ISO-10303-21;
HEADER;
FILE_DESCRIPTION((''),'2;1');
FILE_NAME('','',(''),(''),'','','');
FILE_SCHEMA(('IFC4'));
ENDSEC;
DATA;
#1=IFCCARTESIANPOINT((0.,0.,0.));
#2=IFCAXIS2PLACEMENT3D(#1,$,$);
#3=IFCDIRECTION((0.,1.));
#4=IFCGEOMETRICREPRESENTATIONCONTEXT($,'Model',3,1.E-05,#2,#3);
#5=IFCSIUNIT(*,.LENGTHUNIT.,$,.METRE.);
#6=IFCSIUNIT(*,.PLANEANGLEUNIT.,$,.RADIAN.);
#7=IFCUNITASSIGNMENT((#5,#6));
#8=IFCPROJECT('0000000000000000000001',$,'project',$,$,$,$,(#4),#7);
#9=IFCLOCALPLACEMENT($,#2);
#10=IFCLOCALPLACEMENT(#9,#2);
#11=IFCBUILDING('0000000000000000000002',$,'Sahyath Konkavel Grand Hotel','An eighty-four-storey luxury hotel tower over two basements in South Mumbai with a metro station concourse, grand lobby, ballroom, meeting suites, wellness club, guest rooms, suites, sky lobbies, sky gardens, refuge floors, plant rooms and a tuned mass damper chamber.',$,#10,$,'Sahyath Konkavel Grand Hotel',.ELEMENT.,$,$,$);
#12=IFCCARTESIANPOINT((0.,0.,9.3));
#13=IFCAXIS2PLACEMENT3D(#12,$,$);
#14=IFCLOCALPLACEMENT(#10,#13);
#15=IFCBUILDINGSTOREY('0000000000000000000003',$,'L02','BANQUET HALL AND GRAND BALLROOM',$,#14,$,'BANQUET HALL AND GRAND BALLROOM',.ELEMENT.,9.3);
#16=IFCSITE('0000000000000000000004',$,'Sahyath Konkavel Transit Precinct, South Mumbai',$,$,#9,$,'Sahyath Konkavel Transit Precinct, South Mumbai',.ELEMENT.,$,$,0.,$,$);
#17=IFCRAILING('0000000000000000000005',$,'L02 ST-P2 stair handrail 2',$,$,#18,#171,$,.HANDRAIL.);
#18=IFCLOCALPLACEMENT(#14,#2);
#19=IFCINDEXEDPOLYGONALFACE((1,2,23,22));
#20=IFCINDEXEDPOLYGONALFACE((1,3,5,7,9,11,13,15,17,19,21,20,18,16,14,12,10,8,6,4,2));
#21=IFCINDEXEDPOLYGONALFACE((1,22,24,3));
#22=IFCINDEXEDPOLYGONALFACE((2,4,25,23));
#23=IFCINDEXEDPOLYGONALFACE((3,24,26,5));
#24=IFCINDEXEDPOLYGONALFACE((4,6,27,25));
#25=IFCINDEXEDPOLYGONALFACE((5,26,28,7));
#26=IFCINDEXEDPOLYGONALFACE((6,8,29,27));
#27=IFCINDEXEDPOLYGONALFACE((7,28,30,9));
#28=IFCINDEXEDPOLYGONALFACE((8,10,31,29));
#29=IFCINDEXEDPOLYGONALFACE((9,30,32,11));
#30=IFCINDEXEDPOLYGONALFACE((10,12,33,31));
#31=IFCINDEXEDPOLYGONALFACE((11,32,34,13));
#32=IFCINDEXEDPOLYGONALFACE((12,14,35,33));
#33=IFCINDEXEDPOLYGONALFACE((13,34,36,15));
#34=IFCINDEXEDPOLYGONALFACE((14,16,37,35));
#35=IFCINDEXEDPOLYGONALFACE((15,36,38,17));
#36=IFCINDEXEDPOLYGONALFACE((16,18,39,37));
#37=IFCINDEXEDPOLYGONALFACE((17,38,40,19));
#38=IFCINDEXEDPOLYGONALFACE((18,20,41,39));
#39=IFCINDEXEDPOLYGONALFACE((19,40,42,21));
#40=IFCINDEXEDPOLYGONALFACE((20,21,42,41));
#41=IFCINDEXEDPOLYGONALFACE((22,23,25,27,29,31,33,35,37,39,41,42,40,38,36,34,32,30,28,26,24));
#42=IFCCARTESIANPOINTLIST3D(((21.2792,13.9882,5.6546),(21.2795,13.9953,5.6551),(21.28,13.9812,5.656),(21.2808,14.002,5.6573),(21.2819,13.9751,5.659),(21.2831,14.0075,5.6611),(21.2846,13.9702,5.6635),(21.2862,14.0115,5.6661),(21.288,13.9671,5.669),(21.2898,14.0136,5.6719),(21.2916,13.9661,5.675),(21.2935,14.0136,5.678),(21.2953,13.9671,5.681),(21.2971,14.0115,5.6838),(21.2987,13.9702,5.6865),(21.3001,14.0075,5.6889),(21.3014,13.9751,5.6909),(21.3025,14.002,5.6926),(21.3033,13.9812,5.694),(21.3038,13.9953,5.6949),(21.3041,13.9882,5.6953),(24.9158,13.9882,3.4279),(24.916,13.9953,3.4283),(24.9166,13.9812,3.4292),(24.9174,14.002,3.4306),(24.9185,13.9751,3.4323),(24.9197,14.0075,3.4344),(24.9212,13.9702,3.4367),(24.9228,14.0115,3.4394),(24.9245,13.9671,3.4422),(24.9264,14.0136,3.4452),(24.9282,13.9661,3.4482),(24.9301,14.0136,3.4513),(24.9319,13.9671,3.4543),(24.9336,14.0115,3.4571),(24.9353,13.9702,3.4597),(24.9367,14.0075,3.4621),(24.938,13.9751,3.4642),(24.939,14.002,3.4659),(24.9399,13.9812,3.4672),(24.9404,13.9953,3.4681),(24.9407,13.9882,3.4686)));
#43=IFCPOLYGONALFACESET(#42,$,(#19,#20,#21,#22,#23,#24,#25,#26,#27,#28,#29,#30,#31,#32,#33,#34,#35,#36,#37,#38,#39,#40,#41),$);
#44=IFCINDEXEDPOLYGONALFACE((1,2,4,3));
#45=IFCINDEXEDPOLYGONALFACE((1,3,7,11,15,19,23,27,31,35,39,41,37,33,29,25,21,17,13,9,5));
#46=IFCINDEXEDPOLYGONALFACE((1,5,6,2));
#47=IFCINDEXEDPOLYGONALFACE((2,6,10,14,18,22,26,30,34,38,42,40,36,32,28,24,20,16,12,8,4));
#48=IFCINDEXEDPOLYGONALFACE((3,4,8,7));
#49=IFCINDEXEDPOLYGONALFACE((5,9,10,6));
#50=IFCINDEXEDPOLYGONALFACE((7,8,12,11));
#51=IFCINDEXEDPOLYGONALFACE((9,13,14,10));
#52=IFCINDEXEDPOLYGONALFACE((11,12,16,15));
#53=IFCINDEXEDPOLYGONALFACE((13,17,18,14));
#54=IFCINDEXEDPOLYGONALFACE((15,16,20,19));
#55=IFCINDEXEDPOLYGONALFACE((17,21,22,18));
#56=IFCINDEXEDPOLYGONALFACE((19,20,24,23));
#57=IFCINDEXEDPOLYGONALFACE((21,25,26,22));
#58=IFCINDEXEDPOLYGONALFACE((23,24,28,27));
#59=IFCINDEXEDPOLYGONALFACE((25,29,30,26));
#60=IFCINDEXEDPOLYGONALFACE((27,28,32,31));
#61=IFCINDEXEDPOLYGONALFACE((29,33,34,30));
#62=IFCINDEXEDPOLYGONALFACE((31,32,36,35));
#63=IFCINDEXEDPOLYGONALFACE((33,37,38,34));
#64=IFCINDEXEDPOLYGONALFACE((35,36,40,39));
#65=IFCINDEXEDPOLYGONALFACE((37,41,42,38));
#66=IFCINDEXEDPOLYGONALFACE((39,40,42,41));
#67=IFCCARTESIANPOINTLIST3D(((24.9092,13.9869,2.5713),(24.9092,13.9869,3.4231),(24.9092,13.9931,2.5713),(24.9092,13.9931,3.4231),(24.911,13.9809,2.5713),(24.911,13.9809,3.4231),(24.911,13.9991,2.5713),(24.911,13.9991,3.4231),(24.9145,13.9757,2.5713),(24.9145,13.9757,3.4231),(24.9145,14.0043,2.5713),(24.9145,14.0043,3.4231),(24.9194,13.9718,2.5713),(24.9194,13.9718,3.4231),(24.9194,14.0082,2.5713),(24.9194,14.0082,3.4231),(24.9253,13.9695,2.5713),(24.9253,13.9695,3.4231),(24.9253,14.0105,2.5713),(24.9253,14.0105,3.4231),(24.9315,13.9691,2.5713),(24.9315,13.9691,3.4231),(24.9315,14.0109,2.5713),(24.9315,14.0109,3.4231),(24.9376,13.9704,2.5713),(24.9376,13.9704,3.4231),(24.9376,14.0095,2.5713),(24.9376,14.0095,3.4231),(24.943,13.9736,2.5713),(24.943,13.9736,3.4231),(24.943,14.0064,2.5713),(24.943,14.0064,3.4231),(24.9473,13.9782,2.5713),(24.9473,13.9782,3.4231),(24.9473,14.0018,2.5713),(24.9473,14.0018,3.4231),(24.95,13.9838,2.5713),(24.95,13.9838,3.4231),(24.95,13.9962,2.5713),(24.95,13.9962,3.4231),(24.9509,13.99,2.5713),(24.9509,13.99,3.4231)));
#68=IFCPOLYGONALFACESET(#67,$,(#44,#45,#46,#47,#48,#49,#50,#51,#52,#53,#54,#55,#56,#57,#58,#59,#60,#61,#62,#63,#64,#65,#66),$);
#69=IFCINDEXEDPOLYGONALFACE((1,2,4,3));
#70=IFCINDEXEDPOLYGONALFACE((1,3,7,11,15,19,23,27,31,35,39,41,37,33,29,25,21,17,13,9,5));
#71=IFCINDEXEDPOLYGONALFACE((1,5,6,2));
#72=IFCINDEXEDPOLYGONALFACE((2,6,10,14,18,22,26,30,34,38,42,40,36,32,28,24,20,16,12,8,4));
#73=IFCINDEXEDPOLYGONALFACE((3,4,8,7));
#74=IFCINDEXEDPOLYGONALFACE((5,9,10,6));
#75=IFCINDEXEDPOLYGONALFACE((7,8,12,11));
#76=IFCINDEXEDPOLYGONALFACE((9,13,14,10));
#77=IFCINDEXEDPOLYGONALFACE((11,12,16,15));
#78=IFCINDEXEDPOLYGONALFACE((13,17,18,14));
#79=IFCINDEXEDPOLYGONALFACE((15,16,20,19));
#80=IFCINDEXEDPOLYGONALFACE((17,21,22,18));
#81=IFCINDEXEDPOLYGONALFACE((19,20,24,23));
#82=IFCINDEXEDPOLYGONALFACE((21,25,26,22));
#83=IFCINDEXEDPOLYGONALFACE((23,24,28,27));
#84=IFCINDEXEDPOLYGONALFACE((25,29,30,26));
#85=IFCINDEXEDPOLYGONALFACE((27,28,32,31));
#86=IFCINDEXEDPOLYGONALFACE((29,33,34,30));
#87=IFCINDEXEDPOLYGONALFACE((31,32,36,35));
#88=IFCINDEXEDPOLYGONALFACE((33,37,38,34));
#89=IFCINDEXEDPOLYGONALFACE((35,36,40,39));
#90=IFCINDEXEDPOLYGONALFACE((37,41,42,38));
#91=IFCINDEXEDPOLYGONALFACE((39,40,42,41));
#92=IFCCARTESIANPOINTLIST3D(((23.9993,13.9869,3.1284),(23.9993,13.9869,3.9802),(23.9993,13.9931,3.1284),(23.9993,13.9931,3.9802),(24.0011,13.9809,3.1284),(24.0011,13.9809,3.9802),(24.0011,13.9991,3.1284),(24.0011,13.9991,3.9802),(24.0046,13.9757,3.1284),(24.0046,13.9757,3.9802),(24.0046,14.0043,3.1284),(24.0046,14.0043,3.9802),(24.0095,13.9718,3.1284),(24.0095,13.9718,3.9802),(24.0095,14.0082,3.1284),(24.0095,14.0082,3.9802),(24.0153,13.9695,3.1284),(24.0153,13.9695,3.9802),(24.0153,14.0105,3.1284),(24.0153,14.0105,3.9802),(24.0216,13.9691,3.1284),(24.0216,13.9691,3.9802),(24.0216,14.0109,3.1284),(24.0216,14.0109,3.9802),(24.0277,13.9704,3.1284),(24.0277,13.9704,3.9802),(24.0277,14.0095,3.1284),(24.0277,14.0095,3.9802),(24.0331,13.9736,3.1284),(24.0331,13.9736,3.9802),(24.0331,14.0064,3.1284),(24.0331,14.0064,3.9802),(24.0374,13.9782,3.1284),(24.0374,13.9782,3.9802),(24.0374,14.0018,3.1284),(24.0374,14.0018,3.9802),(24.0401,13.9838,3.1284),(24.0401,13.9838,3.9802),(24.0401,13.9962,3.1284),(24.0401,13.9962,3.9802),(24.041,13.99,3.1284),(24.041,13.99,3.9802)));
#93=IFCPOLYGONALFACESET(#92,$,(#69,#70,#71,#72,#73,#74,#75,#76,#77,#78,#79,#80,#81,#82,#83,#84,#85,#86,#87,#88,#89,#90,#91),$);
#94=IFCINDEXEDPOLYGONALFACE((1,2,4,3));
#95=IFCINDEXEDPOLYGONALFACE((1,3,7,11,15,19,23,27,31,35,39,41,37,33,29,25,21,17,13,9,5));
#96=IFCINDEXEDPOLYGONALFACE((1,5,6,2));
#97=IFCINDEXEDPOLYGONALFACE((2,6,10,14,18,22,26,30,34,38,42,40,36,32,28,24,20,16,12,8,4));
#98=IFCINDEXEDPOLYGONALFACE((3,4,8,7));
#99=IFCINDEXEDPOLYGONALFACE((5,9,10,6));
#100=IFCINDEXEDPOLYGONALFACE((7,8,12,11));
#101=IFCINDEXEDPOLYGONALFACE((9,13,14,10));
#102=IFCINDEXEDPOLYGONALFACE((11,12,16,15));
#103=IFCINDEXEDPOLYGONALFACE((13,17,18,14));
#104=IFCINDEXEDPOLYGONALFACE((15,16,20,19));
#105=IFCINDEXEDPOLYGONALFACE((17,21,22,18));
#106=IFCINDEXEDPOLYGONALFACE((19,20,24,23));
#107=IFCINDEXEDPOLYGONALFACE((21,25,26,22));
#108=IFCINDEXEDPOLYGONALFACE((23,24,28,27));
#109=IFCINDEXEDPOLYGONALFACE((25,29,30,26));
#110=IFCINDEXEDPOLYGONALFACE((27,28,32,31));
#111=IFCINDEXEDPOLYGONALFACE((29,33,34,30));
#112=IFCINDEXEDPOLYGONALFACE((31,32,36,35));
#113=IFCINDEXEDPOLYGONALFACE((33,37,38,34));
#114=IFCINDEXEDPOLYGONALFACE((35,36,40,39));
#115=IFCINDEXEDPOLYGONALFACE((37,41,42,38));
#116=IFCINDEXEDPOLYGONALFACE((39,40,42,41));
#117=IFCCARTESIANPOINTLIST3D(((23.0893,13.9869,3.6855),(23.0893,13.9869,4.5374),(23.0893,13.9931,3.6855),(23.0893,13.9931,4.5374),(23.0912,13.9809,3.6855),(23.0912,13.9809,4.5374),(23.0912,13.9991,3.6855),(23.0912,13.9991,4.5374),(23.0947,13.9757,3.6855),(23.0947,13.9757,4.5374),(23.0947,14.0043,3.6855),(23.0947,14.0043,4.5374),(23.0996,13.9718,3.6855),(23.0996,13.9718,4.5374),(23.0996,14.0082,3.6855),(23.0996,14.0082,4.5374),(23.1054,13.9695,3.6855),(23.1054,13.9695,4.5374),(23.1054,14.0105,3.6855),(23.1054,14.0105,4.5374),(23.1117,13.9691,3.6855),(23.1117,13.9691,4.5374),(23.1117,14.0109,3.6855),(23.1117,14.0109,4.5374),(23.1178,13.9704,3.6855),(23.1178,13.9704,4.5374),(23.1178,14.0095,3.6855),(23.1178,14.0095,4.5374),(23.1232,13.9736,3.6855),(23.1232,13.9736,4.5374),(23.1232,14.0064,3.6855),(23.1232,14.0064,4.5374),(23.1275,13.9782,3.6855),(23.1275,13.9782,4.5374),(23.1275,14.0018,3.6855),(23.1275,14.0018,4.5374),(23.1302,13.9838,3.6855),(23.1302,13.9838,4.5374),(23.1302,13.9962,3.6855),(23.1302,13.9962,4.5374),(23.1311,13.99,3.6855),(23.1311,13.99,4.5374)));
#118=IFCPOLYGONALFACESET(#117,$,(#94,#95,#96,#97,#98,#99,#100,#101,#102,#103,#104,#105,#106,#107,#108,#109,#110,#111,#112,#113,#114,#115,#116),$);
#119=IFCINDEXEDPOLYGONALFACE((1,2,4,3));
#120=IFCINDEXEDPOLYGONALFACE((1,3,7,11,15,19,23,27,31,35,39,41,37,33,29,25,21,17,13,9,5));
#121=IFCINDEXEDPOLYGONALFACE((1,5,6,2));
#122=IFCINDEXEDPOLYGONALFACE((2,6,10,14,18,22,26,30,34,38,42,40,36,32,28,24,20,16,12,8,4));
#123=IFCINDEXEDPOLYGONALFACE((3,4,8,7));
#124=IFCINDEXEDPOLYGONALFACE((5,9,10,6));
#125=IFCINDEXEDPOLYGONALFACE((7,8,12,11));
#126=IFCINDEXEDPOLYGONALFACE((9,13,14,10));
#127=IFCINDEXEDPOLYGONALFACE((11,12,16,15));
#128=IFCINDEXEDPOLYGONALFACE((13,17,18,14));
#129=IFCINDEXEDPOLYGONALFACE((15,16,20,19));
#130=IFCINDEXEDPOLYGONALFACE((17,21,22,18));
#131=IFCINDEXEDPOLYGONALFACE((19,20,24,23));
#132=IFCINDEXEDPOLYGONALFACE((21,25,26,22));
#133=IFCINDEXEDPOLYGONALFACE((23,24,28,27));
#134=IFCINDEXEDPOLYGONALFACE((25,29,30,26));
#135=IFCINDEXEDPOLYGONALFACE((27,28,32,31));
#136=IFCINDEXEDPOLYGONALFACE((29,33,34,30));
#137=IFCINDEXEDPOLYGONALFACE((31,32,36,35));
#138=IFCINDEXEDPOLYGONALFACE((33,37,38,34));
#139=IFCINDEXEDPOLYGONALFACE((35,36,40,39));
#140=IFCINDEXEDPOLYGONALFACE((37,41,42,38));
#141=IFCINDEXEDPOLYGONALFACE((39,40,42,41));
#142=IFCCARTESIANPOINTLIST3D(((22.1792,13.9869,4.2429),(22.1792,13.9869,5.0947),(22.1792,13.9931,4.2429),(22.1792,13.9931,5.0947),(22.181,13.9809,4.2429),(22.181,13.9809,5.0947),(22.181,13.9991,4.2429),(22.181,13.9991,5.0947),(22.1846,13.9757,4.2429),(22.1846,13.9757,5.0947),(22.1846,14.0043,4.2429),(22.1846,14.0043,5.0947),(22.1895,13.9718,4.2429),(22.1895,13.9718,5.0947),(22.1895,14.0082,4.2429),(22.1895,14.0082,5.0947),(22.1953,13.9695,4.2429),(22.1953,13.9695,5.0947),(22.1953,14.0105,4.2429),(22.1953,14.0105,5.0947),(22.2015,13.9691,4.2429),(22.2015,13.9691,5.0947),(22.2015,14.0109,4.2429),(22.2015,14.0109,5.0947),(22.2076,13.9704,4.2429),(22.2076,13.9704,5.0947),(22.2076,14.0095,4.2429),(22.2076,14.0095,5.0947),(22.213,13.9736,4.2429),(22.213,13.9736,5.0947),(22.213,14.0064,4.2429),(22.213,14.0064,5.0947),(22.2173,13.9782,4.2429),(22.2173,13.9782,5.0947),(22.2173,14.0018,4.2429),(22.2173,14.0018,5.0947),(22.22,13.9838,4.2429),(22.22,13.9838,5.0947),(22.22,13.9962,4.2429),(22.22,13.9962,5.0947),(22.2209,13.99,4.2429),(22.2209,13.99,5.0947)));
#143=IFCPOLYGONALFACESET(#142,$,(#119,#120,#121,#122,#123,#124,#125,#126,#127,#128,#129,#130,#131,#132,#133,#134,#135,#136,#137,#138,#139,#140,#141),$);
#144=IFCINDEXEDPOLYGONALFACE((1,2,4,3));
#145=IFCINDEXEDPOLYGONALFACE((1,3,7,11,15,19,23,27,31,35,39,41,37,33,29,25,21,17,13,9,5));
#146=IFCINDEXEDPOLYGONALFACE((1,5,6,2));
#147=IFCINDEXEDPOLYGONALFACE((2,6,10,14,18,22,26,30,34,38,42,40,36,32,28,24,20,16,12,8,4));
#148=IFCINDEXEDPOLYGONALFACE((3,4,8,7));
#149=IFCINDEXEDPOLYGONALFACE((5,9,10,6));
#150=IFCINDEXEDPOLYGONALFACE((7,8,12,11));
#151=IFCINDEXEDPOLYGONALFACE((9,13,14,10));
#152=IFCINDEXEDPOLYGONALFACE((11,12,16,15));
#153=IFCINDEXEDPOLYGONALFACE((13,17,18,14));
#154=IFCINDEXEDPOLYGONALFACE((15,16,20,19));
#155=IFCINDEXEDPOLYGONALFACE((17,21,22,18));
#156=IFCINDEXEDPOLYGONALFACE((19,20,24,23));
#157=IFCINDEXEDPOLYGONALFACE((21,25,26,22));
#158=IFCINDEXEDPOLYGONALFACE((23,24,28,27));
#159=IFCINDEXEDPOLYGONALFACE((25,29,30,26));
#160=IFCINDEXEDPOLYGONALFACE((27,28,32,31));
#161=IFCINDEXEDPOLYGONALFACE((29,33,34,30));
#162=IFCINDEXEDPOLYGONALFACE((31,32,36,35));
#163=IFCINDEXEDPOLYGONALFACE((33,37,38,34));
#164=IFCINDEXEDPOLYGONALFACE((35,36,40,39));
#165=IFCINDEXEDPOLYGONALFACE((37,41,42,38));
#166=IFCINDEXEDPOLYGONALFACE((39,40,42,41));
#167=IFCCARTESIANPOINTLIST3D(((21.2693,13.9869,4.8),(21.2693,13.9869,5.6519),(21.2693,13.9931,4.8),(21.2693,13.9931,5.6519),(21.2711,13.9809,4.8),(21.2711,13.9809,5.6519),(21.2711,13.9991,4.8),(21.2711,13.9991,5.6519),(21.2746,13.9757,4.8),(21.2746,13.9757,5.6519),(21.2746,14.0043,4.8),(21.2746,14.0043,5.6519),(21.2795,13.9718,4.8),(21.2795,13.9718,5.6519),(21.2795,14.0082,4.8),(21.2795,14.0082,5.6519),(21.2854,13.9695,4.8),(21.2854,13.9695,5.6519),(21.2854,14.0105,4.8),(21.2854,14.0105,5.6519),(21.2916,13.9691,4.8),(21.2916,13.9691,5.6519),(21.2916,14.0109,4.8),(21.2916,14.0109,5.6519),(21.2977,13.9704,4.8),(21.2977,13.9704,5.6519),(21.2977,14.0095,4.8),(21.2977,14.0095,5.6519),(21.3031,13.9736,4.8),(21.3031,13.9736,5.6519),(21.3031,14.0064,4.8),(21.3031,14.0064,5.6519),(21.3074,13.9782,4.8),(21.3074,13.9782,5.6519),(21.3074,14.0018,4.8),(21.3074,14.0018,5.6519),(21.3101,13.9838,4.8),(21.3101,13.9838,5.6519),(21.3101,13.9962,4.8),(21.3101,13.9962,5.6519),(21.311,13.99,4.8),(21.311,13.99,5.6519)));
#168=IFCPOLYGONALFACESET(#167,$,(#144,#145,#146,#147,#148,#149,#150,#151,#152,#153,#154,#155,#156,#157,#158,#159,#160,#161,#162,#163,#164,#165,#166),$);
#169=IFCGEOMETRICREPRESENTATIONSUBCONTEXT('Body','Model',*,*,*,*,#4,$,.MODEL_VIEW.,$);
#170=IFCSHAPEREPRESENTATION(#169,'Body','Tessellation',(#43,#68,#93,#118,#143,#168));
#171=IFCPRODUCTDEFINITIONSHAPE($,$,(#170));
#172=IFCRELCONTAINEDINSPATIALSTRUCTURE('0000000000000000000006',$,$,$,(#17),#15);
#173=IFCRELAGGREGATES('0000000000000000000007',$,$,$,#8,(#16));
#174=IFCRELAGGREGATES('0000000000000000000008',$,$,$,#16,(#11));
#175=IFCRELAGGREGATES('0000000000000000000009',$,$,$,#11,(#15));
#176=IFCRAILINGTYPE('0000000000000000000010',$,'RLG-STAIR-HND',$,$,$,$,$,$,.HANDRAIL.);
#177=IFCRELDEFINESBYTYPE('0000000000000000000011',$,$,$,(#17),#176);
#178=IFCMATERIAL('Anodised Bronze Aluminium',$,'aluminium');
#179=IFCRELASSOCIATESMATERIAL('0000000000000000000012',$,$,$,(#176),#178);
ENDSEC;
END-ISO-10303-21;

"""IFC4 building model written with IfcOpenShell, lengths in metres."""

from ifc_helpers import new_model, si_unit, direction, frame, origin, origin_2d, place, context, subcontext, project, spatial, circle, extrude, material, type_object, element, save


model = new_model("IFC4")

# Units and contexts
model_context = context("Model", 3, precision=1e-05, world=origin(), true_north=direction((0.0, 1.0)))
body_context = subcontext(model_context, "Body", "Model", "MODEL_VIEW")
ifc_project = project(units=[si_unit("LENGTHUNIT", "METRE"), si_unit("PLANEANGLEUNIT", "RADIAN")], contexts=[model_context])

# Site, building, storey
site_placement = place(None, origin())
site = spatial("IfcSite", under=ifc_project, at=site_placement, Name="Sahyath Konkavel Transit Precinct, South Mumbai", LongName="Sahyath Konkavel Transit Precinct, South Mumbai", CompositionType="ELEMENT", RefElevation=0.0)
building_placement = place(site_placement, origin())
building = spatial("IfcBuilding", under=site, at=building_placement, Name="Sahyath Konkavel Grand Hotel", Description="An eighty-four-storey luxury hotel tower over two basements in South Mumbai with a metro station concourse, grand lobby, ballroom, meeting suites, wellness club, guest rooms, suites, sky lobbies, sky gardens, refuge floors, plant rooms and a tuned mass damper chamber.", LongName="Sahyath Konkavel Grand Hotel", CompositionType="ELEMENT")
storey_placement = place(building_placement, frame((0.0, 0.0, 9.3)))
storey = spatial("IfcBuildingStorey", under=building, at=storey_placement, Name="L02", Description="BANQUET HALL AND GRAND BALLROOM", LongName="BANQUET HALL AND GRAND BALLROOM", CompositionType="ELEMENT", Elevation=9.3)

# Shared definitions
ifc_material_1 = material(Name="Anodised Bronze Aluminium", Category="aluminium")

# Railing
railing_type_1 = type_object("IfcRailingType", Name="RLG-STAIR-HND", PredefinedType="HANDRAIL", material=ifc_material_1)
railing_1_placement = place(storey_placement, frame((24.9299, 13.99, 2.5713)))
element("IfcRailing", 1, at=railing_1_placement, inside=storey, type_object=railing_type_1, Name="L02 ST-P2 stair handrail 2", PredefinedType="HANDRAIL", context=body_context, shape_type="SweptSolid", body=[
    extrude(circle(Radius=0.0239, at=origin_2d()), frame((-0.0017, 0.0, 0.877), z_axis=(-0.852825, 0.0, 0.522197), x_axis=(0.0, -1.0, 0.0)), (0.0, 0.0, 1.0), 4.2642),
    extrude(circle(Radius=0.021, at=origin_2d()), origin(), (0.0, 0.0, 1.0), 0.8518),
    extrude(circle(Radius=0.021, at=origin_2d()), frame((-0.9099, 0.0, 0.5571)), (0.0, 0.0, 1.0), 0.8518),
    extrude(circle(Radius=0.021, at=origin_2d()), frame((-1.8198, 0.0, 1.1143)), (0.0, 0.0, 1.0), 0.8518),
    extrude(circle(Radius=0.021, at=origin_2d()), frame((-2.73, 0.0, 1.6716)), (0.0, 0.0, 1.0), 0.8518),
    extrude(circle(Radius=0.021, at=origin_2d()), frame((-3.6399, 0.0, 2.2288)), (0.0, 0.0, 1.0), 0.8518),
])

save(model, "model.ifc")
